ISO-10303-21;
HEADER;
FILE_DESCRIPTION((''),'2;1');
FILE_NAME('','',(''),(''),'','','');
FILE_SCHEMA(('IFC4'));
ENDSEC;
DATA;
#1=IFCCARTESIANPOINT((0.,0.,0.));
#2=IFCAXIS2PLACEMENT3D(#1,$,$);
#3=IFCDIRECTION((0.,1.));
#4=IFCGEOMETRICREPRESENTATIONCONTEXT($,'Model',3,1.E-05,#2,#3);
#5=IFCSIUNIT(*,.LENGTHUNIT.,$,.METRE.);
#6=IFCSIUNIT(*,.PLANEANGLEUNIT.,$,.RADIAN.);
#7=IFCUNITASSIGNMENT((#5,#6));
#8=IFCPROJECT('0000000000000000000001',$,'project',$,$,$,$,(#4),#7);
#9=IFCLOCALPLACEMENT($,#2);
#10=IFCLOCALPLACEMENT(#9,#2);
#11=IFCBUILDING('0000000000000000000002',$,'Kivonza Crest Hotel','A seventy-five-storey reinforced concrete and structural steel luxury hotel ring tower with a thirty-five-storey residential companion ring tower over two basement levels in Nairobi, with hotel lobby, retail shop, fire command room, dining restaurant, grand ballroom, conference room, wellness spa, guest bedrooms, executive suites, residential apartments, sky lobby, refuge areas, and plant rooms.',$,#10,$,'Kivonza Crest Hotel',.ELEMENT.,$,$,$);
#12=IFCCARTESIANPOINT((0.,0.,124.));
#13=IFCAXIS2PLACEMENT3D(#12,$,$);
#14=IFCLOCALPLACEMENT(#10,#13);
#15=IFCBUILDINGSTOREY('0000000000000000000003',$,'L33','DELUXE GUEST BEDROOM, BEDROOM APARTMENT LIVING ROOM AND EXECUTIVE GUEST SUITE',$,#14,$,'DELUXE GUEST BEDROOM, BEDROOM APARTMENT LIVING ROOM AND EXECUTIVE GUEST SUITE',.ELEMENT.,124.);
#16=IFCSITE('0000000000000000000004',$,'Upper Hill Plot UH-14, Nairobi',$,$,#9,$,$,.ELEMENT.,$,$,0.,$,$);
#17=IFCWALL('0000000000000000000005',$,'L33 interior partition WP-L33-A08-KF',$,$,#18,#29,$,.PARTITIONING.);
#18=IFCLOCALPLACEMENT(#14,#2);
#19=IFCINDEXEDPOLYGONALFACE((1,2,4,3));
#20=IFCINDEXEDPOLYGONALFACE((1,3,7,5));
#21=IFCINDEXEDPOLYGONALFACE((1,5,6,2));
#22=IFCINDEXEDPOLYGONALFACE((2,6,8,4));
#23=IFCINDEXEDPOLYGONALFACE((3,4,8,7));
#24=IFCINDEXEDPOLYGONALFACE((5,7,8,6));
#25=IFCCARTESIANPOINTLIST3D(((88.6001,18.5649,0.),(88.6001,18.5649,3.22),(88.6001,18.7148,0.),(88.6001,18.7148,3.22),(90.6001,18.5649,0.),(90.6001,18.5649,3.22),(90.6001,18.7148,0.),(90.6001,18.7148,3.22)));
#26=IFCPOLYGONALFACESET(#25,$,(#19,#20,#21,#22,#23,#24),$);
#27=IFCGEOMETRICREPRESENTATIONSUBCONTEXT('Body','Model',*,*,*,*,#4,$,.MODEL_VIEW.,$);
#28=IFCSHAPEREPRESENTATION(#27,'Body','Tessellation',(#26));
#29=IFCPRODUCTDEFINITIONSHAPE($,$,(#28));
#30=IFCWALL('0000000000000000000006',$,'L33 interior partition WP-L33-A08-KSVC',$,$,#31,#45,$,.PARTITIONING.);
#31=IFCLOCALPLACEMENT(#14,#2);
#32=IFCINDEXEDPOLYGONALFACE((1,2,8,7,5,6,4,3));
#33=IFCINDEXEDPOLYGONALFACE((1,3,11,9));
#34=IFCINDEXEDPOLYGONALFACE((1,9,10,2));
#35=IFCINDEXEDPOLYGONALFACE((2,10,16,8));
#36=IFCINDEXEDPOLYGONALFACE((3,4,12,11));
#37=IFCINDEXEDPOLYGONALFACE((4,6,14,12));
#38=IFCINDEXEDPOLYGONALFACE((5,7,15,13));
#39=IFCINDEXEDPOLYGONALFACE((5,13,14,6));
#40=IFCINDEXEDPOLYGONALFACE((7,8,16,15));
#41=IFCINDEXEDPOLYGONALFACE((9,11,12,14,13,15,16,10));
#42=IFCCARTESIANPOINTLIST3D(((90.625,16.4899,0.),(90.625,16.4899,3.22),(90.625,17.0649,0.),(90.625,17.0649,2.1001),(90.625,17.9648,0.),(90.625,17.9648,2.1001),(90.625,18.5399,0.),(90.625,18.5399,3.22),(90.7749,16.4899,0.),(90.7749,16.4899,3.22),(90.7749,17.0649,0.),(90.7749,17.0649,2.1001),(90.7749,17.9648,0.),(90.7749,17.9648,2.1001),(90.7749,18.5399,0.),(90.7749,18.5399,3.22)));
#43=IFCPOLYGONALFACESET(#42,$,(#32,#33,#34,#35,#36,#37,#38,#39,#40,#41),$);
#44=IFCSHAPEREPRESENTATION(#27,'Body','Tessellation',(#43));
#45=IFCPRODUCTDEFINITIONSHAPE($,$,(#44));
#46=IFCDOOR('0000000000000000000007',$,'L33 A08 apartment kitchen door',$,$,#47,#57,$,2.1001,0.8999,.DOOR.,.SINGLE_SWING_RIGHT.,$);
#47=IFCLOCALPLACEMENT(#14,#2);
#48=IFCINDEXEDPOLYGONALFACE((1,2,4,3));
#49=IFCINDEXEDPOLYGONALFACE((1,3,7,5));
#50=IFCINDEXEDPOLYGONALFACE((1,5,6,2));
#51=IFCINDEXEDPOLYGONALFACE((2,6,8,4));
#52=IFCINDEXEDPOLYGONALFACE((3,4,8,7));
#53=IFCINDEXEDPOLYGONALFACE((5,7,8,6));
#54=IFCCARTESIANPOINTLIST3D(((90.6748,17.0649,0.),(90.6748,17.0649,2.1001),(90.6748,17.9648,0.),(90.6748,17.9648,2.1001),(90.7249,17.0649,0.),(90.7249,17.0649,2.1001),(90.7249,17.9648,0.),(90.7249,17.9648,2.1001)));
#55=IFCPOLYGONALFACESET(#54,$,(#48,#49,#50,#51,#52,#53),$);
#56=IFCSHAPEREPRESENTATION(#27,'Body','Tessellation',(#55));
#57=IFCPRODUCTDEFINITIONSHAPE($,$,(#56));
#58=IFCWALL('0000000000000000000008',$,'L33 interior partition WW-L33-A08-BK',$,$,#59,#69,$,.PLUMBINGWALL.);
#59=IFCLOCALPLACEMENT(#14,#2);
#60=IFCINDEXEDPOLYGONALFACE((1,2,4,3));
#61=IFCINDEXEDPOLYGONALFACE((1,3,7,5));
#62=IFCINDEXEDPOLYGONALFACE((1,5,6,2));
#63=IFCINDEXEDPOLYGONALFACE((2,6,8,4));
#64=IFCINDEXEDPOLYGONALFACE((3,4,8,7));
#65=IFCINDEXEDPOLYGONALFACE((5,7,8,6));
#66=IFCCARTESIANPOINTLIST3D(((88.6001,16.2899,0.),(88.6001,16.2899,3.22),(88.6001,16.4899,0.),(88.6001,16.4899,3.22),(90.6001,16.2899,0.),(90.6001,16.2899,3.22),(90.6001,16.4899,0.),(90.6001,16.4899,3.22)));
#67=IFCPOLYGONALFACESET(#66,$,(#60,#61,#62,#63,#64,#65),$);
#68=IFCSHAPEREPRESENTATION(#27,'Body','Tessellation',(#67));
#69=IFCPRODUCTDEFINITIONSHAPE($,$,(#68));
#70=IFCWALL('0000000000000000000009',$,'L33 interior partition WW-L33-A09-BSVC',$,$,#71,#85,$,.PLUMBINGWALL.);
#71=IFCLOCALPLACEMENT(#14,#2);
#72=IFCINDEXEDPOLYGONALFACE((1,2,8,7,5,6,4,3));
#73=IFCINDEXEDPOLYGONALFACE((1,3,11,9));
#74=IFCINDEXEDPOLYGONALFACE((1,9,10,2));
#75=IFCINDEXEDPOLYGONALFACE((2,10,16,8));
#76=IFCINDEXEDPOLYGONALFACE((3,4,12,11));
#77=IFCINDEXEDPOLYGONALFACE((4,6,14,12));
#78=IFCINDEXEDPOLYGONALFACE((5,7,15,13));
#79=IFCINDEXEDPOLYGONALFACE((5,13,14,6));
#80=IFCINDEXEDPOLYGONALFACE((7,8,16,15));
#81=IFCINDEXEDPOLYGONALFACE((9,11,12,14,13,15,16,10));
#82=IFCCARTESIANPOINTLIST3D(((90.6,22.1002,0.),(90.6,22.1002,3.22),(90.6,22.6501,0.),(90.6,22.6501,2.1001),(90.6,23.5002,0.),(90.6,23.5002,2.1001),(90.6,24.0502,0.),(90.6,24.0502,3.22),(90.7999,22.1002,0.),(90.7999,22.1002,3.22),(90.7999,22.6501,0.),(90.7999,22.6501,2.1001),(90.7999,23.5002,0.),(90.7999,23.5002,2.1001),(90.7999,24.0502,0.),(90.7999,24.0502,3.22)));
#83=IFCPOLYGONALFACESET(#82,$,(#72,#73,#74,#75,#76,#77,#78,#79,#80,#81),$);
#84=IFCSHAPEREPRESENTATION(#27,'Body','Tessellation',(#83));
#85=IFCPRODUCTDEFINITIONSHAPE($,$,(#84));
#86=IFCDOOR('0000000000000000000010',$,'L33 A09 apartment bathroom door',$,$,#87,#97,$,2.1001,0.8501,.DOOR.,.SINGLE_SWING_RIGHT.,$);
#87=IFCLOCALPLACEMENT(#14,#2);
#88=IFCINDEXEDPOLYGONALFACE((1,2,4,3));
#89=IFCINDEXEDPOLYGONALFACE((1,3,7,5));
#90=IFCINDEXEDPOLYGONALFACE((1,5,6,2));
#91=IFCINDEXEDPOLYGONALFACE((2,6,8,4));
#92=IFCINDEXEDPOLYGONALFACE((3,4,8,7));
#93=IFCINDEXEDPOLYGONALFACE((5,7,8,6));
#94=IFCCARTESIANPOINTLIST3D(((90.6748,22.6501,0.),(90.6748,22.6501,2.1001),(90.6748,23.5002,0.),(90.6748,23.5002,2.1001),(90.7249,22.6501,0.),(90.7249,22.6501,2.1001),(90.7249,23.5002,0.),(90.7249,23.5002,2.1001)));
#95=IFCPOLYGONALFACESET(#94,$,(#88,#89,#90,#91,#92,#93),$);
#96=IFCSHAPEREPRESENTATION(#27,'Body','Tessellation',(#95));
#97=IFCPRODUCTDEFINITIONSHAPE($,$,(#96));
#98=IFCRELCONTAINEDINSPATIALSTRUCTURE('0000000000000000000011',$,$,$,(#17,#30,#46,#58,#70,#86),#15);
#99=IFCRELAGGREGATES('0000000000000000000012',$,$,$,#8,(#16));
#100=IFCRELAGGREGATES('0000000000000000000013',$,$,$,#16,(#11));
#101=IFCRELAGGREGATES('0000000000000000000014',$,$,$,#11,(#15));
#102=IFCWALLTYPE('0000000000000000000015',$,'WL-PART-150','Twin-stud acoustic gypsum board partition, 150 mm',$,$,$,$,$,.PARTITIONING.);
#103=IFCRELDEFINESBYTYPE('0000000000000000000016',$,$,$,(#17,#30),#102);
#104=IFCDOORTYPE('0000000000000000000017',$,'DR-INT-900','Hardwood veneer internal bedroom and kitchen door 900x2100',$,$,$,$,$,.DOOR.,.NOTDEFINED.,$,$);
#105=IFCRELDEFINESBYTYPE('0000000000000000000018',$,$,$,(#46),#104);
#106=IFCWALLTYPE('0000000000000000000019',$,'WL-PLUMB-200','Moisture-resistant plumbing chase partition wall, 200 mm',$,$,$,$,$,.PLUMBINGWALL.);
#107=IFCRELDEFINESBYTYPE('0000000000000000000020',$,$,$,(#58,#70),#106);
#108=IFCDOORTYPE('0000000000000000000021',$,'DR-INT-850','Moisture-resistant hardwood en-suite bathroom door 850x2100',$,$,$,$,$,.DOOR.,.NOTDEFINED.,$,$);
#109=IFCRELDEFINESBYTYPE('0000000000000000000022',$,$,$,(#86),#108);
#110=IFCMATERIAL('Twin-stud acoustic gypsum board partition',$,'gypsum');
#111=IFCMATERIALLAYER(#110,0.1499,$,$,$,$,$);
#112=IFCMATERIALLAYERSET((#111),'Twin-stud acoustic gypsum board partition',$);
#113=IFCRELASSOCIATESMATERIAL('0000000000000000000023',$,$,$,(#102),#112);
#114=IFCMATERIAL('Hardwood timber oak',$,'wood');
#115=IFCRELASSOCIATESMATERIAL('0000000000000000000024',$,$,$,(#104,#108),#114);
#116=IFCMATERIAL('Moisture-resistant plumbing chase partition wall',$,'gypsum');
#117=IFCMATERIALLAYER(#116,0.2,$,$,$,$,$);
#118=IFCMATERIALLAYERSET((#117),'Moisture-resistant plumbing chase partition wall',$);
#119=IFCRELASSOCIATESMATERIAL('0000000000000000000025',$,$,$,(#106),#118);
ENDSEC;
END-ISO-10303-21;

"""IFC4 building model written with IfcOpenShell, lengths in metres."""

from ifc_helpers import new_model, si_unit, direction, frame, frame_2d, origin, place, context, subcontext, project, spatial, rectangle, extrude, material, layer, layer_set, type_object, element, fill, save


model = new_model("IFC4")

# Units and contexts
model_context = context("Model", 3, precision=1e-05, world=origin(), true_north=direction((0.0, 1.0)))
body_context = subcontext(model_context, "Body", "Model", "MODEL_VIEW")
ifc_project = project(units=[si_unit("LENGTHUNIT", "METRE"), si_unit("PLANEANGLEUNIT", "RADIAN")], contexts=[model_context])

# Site, building, storey
site_placement = place(None, origin())
site = spatial("IfcSite", under=ifc_project, at=site_placement, Name="Upper Hill Plot UH-14, Nairobi", CompositionType="ELEMENT", RefElevation=0.0)
building_placement = place(site_placement, origin())
building = spatial("IfcBuilding", under=site, at=building_placement, Name="Kivonza Crest Hotel", Description="A seventy-five-storey reinforced concrete and structural steel luxury hotel ring tower with a thirty-five-storey residential companion ring tower over two basement levels in Nairobi, with hotel lobby, retail shop, fire command room, dining restaurant, grand ballroom, conference room, wellness spa, guest bedrooms, executive suites, residential apartments, sky lobby, refuge areas, and plant rooms.", LongName="Kivonza Crest Hotel", CompositionType="ELEMENT")
storey_placement = place(building_placement, frame((0.0, 0.0, 124.0)))
storey = spatial("IfcBuildingStorey", under=building, at=storey_placement, Name="L33", Description="DELUXE GUEST BEDROOM, BEDROOM APARTMENT LIVING ROOM AND EXECUTIVE GUEST SUITE", LongName="DELUXE GUEST BEDROOM, BEDROOM APARTMENT LIVING ROOM AND EXECUTIVE GUEST SUITE", CompositionType="ELEMENT", Elevation=124.0)

# Shared definitions
ifc_material_1 = material(Name="Hardwood timber oak", Category="wood")

# Wall
ifc_material_2 = material(Name="Twin-stud acoustic gypsum board partition", Category="gypsum")
ifc_layer_1 = layer(ifc_material_2, 0.1499)
ifc_layer_set_1 = layer_set([ifc_layer_1], Name="Twin-stud acoustic gypsum board partition")
wall_type_1 = type_object("IfcWallType", Name="WL-PART-150", Description="Twin-stud acoustic gypsum board partition, 150 mm", PredefinedType="PARTITIONING", material=ifc_layer_set_1)
wall_1_placement = place(storey_placement, frame((88.6001, 18.6399, 0.0), z_axis=(0.0, 0.0, 1.0), x_axis=(1.0, 0.0, 0.0)))
element("IfcWall", 1, at=wall_1_placement, inside=storey, type_object=wall_type_1, Name="L33 interior partition WP-L33-A08-KF", PredefinedType="PARTITIONING", context=body_context, shape_type="SweptSolid", body=[
    extrude(rectangle(XDim=2.0, YDim=0.1499, at=frame_2d((1.0, 0.0))), origin(), (0.0, 0.0, 1.0), 3.22),
])

# Wall, opening, door
wall_2_placement = place(storey_placement, frame((90.7, 16.49, 0.0), z_axis=(0.0, 0.0, 1.0), x_axis=(0.0, 1.0, 0.0)))
wall_2 = element("IfcWall", 2, at=wall_2_placement, inside=storey, type_object=wall_type_1, Name="L33 interior partition WP-L33-A08-KSVC", PredefinedType="PARTITIONING", context=body_context, shape_type="SweptSolid", body=[
    extrude(rectangle(XDim=2.05, YDim=0.1499, at=frame_2d((1.0249, 0.0))), origin(), (0.0, 0.0, 1.0), 3.22),
])
opening_1_placement = place(wall_2_placement, frame((0.575, 0.0, 0.0)))
opening_1 = element("IfcOpeningElement", 3, at=opening_1_placement, cuts=wall_2, PredefinedType="OPENING", context=body_context, shape_type="SweptSolid", body=[
    extrude(rectangle(XDim=0.8999, YDim=2.1001, at=frame_2d((0.45, 1.05))), frame((0.0, 0.085, 0.0), z_axis=(0.0, -1.0, 0.0), x_axis=(1.0, 0.0, 0.0)), (0.0, 0.0, 1.0), 0.1699),
])
door_type_1 = type_object("IfcDoorType", Name="DR-INT-900", Description="Hardwood veneer internal bedroom and kitchen door 900x2100", OperationType="NOTDEFINED", PredefinedType="DOOR", material=ifc_material_1)
door_1_placement = place(opening_1_placement, frame((0.8999, 0.0, 0.0), z_axis=(0.0, 0.0, 1.0), x_axis=(-1.0, 0.0, 0.0)))
door_1 = element("IfcDoor", 4, at=door_1_placement, inside=storey, type_object=door_type_1, Name="L33 A08 apartment kitchen door", OperationType="SINGLE_SWING_RIGHT", OverallHeight=2.1001, OverallWidth=0.8999, PredefinedType="DOOR", context=body_context, shape_type="SweptSolid", body=[
    extrude(rectangle(XDim=0.8999, YDim=2.1001, at=frame_2d((0.45, 1.05))), frame((0.0, 0.0249, 0.0), z_axis=(0.0, -1.0, 0.0), x_axis=(1.0, 0.0, 0.0)), (0.0, 0.0, 1.0), 0.05),
])
fill(opening_1, door_1)

# Wall
ifc_material_3 = material(Name="Moisture-resistant plumbing chase partition wall", Category="gypsum")
ifc_layer_2 = layer(ifc_material_3, 0.2)
ifc_layer_set_2 = layer_set([ifc_layer_2], Name="Moisture-resistant plumbing chase partition wall")
wall_type_2 = type_object("IfcWallType", Name="WL-PLUMB-200", Description="Moisture-resistant plumbing chase partition wall, 200 mm", PredefinedType="PLUMBINGWALL", material=ifc_layer_set_2)
wall_3_placement = place(storey_placement, frame((88.6001, 16.3899, 0.0), z_axis=(0.0, 0.0, 1.0), x_axis=(1.0, 0.0, 0.0)))
element("IfcWall", 5, at=wall_3_placement, inside=storey, type_object=wall_type_2, Name="L33 interior partition WW-L33-A08-BK", PredefinedType="PLUMBINGWALL", context=body_context, shape_type="SweptSolid", body=[
    extrude(rectangle(XDim=2.0, YDim=0.2, at=frame_2d((1.0, 0.0))), origin(), (0.0, 0.0, 1.0), 3.22),
])

# Wall, opening, door
wall_4_placement = place(storey_placement, frame((90.7, 22.1001, 0.0), z_axis=(0.0, 0.0, 1.0), x_axis=(0.0, 1.0, 0.0)))
wall_4 = element("IfcWall", 6, at=wall_4_placement, inside=storey, type_object=wall_type_2, Name="L33 interior partition WW-L33-A09-BSVC", PredefinedType="PLUMBINGWALL", context=body_context, shape_type="SweptSolid", body=[
    extrude(rectangle(XDim=1.95, YDim=0.2, at=frame_2d((0.9751, 0.0))), origin(), (0.0, 0.0, 1.0), 3.22),
])
opening_2_placement = place(wall_4_placement, frame((0.55, 0.0, 0.0)))
opening_2 = element("IfcOpeningElement", 7, at=opening_2_placement, cuts=wall_4, PredefinedType="OPENING", context=body_context, shape_type="SweptSolid", body=[
    extrude(rectangle(XDim=0.8501, YDim=2.1001, at=frame_2d((0.425, 1.05))), frame((0.0, 0.1099, 0.0), z_axis=(0.0, -1.0, 0.0), x_axis=(1.0, 0.0, 0.0)), (0.0, 0.0, 1.0), 0.22),
])
door_type_2 = type_object("IfcDoorType", Name="DR-INT-850", Description="Moisture-resistant hardwood en-suite bathroom door 850x2100", OperationType="NOTDEFINED", PredefinedType="DOOR", material=ifc_material_1)
door_2_placement = place(opening_2_placement, frame((0.8501, 0.0, 0.0), z_axis=(0.0, 0.0, 1.0), x_axis=(-1.0, 0.0, 0.0)))
door_2 = element("IfcDoor", 8, at=door_2_placement, inside=storey, type_object=door_type_2, Name="L33 A09 apartment bathroom door", OperationType="SINGLE_SWING_RIGHT", OverallHeight=2.1001, OverallWidth=0.8501, PredefinedType="DOOR", context=body_context, shape_type="SweptSolid", body=[
    extrude(rectangle(XDim=0.8501, YDim=2.1001, at=frame_2d((0.425, 1.05))), frame((0.0, 0.0249, 0.0), z_axis=(0.0, -1.0, 0.0), x_axis=(1.0, 0.0, 0.0)), (0.0, 0.0, 1.0), 0.05),
])
fill(opening_2, door_2)

save(model, "model.ifc")
